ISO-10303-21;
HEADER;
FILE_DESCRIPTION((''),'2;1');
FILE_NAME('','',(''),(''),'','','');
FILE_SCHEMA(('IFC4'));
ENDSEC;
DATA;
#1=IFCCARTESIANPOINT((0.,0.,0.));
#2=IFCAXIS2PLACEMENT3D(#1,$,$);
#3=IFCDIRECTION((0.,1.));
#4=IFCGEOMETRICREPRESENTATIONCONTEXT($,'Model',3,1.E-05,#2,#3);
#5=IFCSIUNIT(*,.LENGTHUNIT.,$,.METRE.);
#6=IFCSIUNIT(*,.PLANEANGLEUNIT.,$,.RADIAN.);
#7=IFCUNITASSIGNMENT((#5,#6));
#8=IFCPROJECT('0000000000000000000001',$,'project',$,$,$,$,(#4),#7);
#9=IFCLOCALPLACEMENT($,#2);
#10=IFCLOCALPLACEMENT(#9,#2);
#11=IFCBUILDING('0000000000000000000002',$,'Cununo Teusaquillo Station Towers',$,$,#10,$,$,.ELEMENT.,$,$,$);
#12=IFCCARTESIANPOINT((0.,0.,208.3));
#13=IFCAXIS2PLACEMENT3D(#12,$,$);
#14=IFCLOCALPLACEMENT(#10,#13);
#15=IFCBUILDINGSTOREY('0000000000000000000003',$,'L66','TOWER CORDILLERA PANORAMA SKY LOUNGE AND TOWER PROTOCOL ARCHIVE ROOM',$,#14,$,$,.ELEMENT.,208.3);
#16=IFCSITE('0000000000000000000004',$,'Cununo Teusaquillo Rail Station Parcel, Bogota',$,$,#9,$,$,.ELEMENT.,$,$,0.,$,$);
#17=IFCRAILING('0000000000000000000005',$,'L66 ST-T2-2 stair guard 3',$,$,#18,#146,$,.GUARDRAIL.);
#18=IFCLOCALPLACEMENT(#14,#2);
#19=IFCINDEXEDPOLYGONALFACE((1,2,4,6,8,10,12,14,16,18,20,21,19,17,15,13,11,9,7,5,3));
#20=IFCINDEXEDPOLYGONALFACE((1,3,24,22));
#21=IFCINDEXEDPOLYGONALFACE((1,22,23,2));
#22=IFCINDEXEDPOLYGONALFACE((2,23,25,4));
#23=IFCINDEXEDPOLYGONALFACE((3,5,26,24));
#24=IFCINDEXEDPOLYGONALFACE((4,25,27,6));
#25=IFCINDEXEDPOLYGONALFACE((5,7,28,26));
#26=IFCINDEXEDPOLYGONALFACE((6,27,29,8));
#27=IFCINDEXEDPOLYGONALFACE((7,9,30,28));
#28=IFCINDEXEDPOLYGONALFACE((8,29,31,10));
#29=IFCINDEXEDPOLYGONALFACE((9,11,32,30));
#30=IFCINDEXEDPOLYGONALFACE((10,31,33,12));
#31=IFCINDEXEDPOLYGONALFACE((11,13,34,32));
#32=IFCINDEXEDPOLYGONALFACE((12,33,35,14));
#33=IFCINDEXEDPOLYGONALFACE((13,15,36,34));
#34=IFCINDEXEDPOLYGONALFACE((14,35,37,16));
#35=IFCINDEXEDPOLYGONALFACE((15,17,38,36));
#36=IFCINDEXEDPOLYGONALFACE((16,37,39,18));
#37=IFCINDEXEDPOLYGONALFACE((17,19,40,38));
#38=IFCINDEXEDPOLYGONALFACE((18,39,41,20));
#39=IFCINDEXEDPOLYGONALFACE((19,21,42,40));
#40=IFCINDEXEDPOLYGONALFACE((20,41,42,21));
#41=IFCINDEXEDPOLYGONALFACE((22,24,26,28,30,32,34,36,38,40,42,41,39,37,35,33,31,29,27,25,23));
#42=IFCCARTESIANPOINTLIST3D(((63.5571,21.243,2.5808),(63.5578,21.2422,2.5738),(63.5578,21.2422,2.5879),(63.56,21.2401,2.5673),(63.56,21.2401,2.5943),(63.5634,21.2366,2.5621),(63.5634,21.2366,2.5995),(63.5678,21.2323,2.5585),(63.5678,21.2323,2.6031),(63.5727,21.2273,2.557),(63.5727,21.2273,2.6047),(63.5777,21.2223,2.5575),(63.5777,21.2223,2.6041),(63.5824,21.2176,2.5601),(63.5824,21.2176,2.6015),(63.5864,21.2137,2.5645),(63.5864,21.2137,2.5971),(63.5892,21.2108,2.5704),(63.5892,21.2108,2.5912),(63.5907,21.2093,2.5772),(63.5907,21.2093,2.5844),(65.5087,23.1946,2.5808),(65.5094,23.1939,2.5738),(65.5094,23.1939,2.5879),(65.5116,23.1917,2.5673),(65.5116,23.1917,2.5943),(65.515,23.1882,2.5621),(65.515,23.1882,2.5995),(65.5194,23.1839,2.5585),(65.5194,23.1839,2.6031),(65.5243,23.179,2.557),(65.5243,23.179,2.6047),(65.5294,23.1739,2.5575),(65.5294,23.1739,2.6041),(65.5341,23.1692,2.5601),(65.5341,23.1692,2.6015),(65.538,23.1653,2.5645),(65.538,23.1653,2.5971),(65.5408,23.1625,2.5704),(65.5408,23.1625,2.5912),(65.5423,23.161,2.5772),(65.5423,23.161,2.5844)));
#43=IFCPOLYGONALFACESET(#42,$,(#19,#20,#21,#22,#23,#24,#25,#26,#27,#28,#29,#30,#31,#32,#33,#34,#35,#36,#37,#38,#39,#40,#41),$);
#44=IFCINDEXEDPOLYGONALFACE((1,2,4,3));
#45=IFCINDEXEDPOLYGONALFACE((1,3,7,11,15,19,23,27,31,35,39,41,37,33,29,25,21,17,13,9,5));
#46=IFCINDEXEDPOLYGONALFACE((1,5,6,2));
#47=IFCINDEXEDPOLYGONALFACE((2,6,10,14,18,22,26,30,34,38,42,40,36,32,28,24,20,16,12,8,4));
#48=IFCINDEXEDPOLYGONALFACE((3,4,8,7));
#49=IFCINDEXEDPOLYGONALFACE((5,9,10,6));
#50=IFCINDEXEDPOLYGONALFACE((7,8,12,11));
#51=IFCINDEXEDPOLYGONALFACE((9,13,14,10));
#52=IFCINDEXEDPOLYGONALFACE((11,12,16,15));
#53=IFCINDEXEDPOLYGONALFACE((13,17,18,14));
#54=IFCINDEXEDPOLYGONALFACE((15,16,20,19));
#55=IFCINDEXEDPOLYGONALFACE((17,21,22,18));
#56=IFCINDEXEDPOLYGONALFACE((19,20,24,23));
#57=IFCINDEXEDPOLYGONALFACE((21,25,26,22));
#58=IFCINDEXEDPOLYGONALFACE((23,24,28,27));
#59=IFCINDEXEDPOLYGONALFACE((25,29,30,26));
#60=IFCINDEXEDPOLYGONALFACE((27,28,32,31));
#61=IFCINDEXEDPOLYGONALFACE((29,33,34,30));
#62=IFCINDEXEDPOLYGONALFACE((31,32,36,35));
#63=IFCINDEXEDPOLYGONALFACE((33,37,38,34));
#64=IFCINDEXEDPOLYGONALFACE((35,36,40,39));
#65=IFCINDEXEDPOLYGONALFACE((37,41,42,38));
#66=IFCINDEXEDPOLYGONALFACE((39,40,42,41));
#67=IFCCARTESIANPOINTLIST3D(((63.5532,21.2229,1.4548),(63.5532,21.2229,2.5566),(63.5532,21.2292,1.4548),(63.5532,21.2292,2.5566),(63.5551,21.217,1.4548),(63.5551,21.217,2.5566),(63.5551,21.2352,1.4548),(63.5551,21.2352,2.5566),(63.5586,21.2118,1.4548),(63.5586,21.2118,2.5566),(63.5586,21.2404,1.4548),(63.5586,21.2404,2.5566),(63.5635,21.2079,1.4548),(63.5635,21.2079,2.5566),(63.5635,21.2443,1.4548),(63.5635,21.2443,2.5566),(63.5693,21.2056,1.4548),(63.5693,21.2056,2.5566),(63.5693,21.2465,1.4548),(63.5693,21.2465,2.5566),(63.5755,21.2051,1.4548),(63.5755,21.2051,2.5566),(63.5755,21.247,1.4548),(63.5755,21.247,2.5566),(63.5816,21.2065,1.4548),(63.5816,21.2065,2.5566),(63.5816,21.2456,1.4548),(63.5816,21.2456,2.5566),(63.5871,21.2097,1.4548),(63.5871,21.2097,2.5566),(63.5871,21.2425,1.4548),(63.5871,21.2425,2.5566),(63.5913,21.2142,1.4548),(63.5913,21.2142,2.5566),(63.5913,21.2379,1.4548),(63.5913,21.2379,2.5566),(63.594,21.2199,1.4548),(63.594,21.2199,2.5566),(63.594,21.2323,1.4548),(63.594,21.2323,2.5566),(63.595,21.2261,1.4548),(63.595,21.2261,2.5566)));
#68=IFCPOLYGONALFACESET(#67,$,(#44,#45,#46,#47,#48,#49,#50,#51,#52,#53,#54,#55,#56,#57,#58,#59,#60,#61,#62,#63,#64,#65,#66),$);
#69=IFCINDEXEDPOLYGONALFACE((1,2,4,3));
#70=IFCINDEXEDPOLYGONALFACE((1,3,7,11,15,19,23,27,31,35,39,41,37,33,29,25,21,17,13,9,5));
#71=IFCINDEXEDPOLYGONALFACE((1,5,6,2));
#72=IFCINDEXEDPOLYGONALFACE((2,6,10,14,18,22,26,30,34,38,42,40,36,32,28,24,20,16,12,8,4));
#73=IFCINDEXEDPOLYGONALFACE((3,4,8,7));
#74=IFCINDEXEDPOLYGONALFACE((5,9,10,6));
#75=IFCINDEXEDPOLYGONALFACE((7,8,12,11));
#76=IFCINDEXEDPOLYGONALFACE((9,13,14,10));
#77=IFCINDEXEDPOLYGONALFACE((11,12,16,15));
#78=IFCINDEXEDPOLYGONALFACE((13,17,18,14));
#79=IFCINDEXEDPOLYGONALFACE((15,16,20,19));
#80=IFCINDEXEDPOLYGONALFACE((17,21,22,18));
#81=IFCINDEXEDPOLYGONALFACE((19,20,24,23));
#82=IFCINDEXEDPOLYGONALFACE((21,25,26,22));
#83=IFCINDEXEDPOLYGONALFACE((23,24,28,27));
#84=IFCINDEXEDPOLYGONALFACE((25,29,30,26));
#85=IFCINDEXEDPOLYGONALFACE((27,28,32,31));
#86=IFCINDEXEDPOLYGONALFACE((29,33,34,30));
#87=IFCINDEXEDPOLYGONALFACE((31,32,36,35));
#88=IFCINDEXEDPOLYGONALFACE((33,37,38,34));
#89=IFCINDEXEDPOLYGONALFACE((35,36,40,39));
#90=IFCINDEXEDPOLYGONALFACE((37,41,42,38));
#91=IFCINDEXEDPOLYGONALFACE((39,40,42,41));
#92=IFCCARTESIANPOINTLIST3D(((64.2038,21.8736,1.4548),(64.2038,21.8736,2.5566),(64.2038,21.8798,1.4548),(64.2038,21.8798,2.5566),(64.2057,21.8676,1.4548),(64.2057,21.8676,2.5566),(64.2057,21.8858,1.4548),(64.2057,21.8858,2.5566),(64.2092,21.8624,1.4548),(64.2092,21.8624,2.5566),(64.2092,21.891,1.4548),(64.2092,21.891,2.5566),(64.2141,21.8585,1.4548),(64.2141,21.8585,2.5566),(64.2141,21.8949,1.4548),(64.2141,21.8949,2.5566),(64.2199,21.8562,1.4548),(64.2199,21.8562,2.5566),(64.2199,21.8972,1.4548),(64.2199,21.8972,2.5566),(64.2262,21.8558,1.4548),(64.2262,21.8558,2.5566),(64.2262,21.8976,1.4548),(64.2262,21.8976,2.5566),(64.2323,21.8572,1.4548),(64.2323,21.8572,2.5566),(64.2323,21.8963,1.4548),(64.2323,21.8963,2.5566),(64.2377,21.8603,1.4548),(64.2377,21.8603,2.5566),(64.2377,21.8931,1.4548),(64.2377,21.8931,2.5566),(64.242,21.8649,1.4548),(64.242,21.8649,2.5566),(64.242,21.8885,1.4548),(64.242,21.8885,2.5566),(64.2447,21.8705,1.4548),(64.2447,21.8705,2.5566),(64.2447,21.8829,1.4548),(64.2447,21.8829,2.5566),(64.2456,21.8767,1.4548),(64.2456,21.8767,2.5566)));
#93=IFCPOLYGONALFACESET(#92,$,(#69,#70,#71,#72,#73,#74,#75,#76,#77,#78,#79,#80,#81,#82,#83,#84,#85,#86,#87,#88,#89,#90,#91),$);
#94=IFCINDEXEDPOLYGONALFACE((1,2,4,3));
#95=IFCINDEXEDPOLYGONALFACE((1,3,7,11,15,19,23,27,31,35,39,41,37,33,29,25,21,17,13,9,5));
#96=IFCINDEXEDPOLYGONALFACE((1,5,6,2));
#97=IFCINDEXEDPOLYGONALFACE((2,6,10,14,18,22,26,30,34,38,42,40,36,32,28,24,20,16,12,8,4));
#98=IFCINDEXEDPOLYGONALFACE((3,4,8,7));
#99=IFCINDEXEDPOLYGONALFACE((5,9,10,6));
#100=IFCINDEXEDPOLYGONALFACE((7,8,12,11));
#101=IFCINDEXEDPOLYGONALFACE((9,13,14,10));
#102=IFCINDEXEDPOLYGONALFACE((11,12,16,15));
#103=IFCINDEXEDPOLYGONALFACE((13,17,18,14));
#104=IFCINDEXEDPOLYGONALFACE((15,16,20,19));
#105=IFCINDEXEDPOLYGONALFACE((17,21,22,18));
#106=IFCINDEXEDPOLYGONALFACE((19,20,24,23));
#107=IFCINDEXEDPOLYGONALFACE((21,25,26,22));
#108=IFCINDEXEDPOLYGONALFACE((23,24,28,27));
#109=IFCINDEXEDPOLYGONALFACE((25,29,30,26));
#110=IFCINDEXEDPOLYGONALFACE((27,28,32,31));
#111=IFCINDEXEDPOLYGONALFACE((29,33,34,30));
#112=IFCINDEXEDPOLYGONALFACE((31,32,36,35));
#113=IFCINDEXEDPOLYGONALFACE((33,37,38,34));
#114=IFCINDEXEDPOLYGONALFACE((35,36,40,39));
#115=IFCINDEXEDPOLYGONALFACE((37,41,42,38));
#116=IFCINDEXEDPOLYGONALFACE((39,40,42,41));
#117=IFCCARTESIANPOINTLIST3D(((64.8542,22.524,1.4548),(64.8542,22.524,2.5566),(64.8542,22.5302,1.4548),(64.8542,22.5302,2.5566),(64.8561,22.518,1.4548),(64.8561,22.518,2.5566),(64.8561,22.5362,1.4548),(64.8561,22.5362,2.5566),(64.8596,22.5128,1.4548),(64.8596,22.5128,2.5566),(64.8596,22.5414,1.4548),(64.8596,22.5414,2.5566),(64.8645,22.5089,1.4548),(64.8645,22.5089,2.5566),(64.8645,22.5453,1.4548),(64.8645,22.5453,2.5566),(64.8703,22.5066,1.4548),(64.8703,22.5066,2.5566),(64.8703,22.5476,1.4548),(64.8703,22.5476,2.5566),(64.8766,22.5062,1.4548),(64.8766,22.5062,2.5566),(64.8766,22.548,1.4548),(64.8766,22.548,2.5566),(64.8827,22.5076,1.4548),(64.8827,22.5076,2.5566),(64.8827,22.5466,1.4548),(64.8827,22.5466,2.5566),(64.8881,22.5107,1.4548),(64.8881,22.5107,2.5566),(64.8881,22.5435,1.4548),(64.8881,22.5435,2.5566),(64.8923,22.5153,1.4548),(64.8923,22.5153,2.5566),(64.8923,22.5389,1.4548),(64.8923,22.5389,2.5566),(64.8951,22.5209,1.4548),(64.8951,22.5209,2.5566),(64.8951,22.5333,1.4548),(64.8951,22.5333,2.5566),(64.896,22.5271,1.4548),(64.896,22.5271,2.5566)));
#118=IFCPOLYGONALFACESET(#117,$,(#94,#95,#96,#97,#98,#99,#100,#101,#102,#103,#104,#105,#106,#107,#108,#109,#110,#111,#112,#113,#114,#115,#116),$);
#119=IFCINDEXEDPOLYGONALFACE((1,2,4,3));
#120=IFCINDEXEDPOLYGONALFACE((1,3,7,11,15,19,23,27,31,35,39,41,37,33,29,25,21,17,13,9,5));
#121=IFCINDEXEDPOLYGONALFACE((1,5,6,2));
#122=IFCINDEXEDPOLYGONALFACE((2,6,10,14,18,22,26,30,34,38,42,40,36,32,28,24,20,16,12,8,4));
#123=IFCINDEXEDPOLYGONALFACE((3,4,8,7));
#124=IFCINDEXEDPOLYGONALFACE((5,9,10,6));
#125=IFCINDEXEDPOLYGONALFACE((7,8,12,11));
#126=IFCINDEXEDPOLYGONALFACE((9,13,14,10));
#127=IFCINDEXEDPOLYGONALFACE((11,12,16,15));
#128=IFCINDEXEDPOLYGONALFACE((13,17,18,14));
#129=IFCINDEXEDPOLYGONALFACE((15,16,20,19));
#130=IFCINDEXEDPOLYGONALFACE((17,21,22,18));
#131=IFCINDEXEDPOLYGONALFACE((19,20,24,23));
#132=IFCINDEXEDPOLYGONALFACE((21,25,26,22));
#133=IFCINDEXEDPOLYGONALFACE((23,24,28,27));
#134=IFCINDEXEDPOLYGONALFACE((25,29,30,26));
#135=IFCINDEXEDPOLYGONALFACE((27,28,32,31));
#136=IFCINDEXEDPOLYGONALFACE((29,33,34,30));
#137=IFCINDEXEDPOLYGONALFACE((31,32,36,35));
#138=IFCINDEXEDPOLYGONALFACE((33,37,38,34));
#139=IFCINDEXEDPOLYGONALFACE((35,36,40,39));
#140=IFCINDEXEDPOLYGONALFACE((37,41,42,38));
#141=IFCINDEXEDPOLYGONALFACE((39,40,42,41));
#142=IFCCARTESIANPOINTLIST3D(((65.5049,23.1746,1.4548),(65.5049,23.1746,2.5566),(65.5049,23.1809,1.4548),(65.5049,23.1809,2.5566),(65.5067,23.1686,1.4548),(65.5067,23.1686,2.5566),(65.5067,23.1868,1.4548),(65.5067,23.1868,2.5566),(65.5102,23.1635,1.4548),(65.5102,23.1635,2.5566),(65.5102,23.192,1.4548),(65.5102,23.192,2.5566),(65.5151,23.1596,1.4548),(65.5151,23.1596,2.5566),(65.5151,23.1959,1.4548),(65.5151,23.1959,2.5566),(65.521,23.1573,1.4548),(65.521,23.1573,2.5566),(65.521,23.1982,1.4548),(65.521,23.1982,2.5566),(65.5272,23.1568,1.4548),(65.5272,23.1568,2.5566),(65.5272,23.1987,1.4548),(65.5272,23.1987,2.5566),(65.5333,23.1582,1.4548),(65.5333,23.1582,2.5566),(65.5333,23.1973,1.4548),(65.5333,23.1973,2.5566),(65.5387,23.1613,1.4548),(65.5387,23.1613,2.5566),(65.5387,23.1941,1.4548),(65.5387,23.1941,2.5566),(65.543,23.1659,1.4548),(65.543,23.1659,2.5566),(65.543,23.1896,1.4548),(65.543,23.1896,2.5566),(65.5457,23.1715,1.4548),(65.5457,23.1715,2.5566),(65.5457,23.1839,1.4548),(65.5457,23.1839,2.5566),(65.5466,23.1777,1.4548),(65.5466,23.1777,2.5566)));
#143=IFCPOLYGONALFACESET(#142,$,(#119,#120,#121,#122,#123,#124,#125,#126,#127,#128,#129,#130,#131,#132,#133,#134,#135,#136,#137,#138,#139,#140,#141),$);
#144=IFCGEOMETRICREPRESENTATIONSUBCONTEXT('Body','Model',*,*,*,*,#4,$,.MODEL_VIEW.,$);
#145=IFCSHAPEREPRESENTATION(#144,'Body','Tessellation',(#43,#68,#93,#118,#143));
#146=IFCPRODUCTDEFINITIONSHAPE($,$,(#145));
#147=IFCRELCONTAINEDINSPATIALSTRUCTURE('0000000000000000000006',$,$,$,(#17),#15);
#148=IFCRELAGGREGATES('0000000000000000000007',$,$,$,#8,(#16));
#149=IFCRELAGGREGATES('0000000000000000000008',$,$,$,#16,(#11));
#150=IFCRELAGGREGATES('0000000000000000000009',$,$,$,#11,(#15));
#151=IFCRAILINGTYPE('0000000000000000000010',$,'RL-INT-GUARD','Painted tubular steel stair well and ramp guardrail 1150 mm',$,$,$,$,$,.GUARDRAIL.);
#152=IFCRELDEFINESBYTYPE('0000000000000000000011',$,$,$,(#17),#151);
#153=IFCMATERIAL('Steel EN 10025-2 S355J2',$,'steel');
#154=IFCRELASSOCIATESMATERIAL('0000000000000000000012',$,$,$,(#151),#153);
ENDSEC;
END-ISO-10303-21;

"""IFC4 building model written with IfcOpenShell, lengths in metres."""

from ifc_helpers import new_model, si_unit, direction, frame, origin, origin_2d, place, context, subcontext, project, spatial, circle, extrude, material, type_object, element, save


model = new_model("IFC4")

# Units and contexts
model_context = context("Model", 3, precision=1e-05, world=origin(), true_north=direction((0.0, 1.0)))
body_context = subcontext(model_context, "Body", "Model", "MODEL_VIEW")
ifc_project = project(units=[si_unit("LENGTHUNIT", "METRE"), si_unit("PLANEANGLEUNIT", "RADIAN")], contexts=[model_context])

# Site, building, storey
site_placement = place(None, origin())
site = spatial("IfcSite", under=ifc_project, at=site_placement, Name="Cununo Teusaquillo Rail Station Parcel, Bogota", CompositionType="ELEMENT", RefElevation=0.0)
building_placement = place(site_placement, origin())
building = spatial("IfcBuilding", under=site, at=building_placement, Name="Cununo Teusaquillo Station Towers", CompositionType="ELEMENT")
storey_placement = place(building_placement, frame((0.0, 0.0, 208.3)))
storey = spatial("IfcBuildingStorey", under=building, at=storey_placement, Name="L66", Description="TOWER CORDILLERA PANORAMA SKY LOUNGE AND TOWER PROTOCOL ARCHIVE ROOM", CompositionType="ELEMENT", Elevation=208.3)

# Railing
ifc_material_1 = material(Name="Steel EN 10025-2 S355J2", Category="steel")
railing_type = type_object("IfcRailingType", Name="RL-INT-GUARD", Description="Painted tubular steel stair well and ramp guardrail 1150 mm", PredefinedType="GUARDRAIL", material=ifc_material_1)
railing_1_placement = place(storey_placement, frame((63.574, 21.2261, 1.4548)))
element("IfcRailing", 1, at=railing_1_placement, inside=storey, type_object=railing_type, Name="L66 ST-T2-2 stair guard 3", PredefinedType="GUARDRAIL", context=body_context, shape_type="SweptSolid", body=[
    extrude(circle(Radius=0.0239, at=origin_2d()), frame((0.0, 0.0, 1.126), z_axis=(0.707107, 0.707107, 0.0), x_axis=(-0.707107, 0.707107, 0.0)), (0.0, 0.0, 1.0), 2.76),
    extrude(circle(Radius=0.021, at=origin_2d()), origin(), (0.0, 0.0, 1.0), 1.1018),
    extrude(circle(Radius=0.021, at=origin_2d()), frame((0.6506, 0.6506, 0.0)), (0.0, 0.0, 1.0), 1.1018),
    extrude(circle(Radius=0.021, at=origin_2d()), frame((1.301, 1.301, 0.0)), (0.0, 0.0, 1.0), 1.1018),
    extrude(circle(Radius=0.021, at=origin_2d()), frame((1.9517, 1.9517, 0.0)), (0.0, 0.0, 1.0), 1.1018),
])

save(model, "model.ifc")
